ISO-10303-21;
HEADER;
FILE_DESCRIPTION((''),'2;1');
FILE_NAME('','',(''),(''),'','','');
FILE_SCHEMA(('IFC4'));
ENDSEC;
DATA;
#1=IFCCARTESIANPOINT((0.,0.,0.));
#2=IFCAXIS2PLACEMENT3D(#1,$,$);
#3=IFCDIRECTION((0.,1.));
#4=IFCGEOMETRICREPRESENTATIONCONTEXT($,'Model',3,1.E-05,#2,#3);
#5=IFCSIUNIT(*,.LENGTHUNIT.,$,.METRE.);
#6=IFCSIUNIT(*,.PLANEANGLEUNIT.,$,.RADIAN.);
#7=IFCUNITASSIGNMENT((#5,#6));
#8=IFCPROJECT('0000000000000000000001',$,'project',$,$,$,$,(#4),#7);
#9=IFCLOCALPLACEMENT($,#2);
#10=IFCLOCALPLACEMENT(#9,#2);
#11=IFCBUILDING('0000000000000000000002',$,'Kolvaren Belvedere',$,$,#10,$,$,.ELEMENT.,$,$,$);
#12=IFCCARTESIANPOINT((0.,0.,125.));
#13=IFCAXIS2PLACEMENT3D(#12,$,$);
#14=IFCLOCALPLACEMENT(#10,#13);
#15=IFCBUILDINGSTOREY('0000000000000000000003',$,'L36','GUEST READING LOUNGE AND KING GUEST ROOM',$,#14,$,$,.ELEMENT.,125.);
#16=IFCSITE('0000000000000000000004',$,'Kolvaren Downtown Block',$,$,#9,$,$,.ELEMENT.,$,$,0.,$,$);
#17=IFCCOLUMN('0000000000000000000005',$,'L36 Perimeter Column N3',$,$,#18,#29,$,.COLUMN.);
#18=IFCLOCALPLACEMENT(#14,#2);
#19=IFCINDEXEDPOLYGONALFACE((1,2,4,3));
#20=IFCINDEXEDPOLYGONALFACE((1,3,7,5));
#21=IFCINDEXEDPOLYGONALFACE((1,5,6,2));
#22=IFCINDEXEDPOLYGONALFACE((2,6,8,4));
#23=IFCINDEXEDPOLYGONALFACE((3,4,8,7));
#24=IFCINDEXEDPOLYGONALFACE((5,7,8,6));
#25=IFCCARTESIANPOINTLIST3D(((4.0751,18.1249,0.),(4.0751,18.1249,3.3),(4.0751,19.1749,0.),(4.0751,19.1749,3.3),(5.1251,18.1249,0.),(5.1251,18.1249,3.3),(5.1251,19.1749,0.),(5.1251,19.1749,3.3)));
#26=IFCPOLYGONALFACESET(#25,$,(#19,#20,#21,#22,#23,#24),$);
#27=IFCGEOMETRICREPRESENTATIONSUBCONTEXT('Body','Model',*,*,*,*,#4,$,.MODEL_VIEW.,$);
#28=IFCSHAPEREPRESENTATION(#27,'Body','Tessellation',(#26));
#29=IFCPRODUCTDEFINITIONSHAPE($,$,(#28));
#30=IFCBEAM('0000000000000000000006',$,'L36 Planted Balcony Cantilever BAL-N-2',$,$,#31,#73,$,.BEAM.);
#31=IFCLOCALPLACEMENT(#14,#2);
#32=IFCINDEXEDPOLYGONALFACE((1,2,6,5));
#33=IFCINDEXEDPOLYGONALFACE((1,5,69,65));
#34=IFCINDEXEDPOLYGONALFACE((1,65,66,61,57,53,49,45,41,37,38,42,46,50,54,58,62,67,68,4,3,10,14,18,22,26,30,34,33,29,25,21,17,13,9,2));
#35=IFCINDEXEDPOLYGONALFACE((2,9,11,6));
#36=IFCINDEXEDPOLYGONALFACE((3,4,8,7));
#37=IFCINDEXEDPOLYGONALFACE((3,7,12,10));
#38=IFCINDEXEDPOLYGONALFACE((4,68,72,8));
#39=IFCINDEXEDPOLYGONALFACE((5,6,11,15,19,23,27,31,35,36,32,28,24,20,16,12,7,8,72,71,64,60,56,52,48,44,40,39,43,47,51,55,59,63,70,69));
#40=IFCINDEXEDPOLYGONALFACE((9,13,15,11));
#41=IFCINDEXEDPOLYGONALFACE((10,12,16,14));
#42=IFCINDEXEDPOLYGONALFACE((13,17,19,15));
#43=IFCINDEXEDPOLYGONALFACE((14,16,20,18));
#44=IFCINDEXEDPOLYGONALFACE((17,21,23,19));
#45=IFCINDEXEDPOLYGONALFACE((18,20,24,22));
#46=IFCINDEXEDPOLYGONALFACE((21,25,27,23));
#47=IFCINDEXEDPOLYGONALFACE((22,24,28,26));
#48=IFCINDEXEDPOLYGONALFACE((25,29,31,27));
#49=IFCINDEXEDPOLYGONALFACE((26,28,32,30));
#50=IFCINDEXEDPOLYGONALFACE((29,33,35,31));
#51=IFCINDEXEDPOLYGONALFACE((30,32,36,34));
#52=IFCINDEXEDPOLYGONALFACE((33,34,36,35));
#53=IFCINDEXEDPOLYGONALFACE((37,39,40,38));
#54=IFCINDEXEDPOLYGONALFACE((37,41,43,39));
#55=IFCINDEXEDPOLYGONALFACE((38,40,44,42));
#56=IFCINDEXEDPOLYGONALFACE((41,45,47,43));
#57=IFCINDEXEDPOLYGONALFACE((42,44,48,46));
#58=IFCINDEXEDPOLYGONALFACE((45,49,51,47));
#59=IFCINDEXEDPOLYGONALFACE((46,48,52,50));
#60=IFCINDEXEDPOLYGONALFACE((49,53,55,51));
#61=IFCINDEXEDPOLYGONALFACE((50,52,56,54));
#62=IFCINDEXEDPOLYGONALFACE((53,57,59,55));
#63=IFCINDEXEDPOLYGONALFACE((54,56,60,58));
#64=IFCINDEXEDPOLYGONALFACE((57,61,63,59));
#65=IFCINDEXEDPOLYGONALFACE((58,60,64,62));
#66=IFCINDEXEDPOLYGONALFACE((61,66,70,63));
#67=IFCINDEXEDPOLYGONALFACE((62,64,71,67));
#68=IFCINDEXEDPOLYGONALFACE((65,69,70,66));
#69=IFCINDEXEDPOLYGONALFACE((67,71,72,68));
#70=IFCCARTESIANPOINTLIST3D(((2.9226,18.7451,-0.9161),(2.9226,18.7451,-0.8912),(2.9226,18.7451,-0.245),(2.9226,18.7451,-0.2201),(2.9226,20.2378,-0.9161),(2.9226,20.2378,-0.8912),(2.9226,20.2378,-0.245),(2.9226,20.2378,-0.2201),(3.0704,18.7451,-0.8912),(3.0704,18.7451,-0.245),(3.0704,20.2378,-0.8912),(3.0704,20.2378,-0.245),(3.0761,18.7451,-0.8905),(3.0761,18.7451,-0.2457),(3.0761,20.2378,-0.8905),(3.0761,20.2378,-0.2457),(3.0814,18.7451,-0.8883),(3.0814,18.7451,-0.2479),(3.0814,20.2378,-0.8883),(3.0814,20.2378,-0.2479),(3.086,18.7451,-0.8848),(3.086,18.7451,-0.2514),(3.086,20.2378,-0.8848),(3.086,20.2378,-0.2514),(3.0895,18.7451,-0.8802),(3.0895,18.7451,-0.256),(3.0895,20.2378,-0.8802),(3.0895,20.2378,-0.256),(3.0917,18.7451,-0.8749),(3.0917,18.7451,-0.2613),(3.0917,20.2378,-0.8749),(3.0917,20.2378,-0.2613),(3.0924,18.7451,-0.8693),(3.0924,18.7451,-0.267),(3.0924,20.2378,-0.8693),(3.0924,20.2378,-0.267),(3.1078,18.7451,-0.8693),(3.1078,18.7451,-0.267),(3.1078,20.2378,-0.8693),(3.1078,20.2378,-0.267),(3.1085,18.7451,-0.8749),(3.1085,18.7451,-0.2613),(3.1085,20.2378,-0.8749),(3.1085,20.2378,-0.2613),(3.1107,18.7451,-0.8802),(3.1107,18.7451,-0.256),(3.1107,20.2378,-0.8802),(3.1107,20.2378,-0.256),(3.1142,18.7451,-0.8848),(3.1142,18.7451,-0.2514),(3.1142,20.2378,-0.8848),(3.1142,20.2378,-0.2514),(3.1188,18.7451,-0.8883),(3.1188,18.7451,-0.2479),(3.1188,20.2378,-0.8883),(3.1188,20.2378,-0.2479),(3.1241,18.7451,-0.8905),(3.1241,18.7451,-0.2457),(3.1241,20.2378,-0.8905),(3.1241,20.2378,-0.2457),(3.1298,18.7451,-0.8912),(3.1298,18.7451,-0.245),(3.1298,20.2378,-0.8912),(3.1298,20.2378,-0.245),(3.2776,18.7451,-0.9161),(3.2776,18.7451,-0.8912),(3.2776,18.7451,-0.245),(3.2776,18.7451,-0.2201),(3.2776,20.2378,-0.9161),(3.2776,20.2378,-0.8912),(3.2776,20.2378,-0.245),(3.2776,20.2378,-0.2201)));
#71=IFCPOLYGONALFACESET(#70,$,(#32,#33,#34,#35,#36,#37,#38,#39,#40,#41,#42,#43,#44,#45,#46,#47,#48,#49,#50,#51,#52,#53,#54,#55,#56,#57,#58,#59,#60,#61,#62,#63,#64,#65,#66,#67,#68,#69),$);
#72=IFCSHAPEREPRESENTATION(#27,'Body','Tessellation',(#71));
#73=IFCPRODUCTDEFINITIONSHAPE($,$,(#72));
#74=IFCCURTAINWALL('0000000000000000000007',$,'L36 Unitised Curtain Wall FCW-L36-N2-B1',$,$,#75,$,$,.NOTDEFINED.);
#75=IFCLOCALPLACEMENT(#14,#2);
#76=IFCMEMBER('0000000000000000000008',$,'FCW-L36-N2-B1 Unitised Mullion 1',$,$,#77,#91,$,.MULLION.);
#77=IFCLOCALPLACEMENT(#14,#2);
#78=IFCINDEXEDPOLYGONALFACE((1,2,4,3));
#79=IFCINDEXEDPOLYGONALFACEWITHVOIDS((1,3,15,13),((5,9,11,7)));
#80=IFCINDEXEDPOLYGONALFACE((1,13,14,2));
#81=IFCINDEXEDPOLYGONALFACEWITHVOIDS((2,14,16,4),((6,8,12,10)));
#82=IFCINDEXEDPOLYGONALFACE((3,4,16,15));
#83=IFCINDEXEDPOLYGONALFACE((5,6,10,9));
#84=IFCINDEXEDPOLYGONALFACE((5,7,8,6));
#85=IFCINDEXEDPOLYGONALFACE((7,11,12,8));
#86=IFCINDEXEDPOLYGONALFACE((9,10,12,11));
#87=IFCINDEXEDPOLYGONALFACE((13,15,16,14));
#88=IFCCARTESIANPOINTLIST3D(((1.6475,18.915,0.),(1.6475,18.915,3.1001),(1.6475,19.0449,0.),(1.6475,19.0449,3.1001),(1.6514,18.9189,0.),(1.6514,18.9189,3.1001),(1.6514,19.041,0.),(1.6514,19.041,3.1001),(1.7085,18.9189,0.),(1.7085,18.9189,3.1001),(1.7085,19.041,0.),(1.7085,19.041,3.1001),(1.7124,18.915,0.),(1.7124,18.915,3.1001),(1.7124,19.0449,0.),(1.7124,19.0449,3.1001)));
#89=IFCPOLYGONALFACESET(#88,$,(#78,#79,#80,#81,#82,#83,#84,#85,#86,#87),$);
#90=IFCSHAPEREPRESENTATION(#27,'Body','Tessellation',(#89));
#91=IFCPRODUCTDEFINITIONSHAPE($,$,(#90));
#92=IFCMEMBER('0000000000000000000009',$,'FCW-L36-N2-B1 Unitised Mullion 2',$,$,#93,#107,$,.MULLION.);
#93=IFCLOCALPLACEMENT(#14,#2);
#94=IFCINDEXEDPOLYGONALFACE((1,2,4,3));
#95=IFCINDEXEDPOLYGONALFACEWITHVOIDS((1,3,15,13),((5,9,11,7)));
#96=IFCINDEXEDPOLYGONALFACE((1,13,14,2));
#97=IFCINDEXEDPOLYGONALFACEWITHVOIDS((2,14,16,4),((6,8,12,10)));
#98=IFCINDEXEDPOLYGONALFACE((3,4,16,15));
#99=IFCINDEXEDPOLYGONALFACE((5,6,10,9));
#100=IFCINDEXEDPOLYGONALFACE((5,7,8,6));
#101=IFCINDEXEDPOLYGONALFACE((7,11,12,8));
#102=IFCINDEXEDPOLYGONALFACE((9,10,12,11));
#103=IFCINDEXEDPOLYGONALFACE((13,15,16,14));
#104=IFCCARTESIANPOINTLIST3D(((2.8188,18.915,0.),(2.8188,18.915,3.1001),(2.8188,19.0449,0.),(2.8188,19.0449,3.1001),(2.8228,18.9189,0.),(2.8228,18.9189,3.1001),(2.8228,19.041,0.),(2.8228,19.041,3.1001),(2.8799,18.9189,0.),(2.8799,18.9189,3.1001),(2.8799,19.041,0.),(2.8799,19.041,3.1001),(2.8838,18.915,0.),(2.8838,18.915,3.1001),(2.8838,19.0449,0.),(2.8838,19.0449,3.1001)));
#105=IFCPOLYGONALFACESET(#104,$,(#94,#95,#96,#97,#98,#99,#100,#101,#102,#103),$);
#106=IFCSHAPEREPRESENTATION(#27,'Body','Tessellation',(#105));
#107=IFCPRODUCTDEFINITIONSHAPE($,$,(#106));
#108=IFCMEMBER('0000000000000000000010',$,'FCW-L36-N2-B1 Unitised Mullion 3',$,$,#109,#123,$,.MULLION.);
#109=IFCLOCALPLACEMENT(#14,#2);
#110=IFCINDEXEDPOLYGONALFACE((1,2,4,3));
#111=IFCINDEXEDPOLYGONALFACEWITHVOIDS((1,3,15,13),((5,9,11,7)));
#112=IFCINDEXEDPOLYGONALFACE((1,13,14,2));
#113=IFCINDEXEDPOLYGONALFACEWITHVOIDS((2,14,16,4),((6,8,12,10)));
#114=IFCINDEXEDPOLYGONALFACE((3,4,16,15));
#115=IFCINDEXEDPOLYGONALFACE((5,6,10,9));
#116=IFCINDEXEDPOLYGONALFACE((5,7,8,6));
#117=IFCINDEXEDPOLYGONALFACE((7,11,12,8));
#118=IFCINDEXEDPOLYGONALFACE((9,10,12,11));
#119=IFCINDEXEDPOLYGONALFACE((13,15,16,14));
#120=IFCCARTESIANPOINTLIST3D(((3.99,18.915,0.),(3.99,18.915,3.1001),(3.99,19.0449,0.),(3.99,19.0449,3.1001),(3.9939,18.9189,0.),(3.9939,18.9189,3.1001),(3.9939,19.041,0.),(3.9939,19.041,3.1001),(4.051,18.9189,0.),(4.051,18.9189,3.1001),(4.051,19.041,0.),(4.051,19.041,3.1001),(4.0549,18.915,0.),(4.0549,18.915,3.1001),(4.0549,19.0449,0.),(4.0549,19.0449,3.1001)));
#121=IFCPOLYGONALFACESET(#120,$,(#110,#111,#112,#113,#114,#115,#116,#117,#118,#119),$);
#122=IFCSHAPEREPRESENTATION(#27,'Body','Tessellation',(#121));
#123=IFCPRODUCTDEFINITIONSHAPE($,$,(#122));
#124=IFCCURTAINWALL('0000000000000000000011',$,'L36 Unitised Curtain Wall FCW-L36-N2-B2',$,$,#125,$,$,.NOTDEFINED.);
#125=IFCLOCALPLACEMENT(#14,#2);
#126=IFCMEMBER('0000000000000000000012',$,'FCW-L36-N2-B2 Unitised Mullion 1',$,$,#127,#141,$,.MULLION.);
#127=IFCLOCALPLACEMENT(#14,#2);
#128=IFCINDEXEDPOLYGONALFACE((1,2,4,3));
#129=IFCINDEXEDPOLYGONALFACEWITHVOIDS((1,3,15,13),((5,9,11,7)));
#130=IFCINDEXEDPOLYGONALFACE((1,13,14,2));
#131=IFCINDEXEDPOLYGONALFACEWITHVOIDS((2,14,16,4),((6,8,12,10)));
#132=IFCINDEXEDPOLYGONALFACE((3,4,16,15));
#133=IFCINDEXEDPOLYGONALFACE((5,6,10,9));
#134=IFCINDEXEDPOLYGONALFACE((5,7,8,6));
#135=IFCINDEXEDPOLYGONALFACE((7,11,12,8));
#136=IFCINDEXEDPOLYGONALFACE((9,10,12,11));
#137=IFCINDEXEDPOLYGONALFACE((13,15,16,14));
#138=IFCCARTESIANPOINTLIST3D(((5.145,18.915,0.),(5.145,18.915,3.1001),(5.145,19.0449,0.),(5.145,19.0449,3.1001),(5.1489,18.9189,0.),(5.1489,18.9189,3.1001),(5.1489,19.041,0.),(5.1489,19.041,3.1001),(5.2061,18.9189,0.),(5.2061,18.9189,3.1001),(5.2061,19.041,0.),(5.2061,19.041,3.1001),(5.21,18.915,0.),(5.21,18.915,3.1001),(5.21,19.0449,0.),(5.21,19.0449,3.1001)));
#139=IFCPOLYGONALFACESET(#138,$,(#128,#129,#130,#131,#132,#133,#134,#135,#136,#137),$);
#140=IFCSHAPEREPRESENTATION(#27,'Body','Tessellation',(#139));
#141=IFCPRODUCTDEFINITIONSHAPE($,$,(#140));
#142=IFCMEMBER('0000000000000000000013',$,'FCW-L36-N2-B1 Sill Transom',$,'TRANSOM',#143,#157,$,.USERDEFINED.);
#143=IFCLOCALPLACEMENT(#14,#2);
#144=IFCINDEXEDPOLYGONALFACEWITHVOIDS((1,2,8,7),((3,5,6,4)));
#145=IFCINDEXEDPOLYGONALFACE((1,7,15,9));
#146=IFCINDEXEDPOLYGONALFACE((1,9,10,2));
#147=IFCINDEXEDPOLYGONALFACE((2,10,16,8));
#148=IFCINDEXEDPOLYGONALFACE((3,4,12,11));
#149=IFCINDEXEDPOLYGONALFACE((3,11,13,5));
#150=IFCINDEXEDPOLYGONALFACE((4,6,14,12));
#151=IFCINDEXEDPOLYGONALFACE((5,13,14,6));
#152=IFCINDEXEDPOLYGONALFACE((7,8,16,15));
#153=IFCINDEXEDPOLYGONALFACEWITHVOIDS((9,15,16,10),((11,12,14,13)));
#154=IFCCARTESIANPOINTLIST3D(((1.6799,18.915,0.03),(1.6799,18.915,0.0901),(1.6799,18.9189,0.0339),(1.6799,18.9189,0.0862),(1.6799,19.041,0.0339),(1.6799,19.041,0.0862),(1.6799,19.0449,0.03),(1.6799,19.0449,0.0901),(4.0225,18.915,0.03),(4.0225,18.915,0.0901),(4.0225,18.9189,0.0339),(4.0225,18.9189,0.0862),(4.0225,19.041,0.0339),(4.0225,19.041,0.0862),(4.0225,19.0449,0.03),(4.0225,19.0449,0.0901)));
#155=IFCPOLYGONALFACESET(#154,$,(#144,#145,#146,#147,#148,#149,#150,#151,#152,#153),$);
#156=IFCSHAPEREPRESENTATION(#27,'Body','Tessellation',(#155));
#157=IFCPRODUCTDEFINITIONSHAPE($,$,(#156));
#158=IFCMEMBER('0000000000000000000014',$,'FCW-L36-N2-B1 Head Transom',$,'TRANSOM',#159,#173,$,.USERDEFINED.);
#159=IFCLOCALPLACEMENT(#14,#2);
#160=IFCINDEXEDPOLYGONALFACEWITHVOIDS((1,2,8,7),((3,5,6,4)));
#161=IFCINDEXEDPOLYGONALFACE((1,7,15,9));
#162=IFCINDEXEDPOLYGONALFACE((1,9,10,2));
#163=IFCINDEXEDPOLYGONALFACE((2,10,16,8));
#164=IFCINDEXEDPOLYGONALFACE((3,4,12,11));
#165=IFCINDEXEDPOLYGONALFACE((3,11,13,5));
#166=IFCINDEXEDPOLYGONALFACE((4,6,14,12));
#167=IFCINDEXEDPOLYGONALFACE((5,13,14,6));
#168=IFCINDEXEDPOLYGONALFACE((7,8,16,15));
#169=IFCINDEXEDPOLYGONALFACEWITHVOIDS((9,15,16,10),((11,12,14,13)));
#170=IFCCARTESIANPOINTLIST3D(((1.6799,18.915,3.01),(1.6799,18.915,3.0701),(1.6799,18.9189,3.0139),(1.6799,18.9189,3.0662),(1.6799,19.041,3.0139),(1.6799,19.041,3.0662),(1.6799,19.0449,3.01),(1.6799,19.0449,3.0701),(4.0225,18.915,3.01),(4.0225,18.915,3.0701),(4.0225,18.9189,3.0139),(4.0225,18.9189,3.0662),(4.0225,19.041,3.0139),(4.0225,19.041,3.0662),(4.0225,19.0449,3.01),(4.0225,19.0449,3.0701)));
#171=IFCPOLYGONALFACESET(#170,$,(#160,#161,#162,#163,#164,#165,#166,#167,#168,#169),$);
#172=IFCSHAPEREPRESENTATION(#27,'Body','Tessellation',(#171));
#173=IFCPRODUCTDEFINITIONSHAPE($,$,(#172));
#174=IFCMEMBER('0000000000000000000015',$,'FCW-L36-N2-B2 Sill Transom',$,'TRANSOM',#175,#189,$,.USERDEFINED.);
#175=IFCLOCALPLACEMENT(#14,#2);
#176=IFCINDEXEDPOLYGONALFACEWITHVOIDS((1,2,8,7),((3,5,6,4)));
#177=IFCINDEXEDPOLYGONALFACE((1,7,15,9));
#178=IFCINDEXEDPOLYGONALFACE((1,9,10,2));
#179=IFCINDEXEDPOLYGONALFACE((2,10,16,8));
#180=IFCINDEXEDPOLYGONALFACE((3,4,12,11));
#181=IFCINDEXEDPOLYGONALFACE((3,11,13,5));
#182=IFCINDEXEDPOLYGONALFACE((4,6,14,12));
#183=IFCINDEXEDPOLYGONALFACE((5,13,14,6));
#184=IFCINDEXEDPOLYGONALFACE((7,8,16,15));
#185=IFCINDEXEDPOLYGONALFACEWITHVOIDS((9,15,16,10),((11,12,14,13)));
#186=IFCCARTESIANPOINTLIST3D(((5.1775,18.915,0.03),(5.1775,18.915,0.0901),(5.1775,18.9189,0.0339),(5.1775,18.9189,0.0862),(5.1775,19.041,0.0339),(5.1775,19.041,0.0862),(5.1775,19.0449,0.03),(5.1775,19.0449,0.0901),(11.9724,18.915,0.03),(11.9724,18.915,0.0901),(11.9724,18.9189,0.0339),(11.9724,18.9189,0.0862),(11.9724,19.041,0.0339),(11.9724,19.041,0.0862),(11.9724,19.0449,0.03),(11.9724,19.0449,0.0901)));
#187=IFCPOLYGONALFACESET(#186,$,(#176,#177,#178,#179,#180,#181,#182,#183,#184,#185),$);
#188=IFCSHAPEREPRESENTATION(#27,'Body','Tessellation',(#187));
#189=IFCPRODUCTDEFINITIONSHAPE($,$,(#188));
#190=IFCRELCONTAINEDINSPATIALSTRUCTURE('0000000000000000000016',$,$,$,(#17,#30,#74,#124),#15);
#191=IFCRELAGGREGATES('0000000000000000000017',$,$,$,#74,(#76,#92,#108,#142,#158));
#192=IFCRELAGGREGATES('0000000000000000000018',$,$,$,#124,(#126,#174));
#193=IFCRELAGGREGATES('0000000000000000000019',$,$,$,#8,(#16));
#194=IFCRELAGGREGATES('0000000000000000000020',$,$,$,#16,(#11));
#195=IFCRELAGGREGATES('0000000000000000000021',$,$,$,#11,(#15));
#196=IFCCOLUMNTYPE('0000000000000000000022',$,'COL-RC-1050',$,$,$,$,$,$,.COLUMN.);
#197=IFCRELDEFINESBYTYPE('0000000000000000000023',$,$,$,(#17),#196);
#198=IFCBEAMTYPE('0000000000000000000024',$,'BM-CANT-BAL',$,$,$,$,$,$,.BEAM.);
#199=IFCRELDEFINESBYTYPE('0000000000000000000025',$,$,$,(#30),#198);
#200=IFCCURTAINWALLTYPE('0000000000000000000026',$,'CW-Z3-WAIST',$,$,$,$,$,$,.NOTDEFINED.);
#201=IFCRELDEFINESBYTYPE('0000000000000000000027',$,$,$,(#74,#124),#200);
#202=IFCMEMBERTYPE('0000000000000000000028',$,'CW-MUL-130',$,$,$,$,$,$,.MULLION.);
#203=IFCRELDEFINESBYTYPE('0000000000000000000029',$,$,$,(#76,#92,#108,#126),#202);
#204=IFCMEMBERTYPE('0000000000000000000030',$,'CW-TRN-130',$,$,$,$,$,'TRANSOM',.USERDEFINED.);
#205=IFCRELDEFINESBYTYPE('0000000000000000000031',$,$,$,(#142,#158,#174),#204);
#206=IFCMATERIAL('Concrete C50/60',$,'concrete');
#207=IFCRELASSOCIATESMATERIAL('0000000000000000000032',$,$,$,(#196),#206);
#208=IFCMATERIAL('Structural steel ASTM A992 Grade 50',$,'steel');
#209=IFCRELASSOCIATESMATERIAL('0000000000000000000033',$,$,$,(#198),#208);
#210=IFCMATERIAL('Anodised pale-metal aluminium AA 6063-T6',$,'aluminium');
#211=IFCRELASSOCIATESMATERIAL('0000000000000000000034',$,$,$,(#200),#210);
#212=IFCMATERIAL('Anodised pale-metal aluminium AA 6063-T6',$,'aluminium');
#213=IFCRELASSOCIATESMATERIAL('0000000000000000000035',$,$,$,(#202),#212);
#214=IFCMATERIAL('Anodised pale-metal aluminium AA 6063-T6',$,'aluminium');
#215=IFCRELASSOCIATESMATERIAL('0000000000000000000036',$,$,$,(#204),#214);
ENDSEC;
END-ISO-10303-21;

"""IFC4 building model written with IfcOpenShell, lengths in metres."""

from ifc_helpers import new_model, si_unit, direction, frame, origin, origin_2d, place, context, subcontext, project, spatial, rectangle, hollow_rectangle, i_section, extrude, material, material_profile, profile_set, type_object, element, aggregate, save


model = new_model("IFC4")

# Units and contexts
model_context = context("Model", 3, precision=1e-05, world=origin(), true_north=direction((0.0, 1.0)))
body_context = subcontext(model_context, "Body", "Model", "MODEL_VIEW")
ifc_project = project(units=[si_unit("LENGTHUNIT", "METRE"), si_unit("PLANEANGLEUNIT", "RADIAN")], contexts=[model_context])

# Site, building, storey
site_placement = place(None, origin())
site = spatial("IfcSite", under=ifc_project, at=site_placement, Name="Kolvaren Downtown Block", CompositionType="ELEMENT", RefElevation=0.0)
building_placement = place(site_placement, origin())
building = spatial("IfcBuilding", under=site, at=building_placement, Name="Kolvaren Belvedere", CompositionType="ELEMENT")
storey_placement = place(building_placement, frame((0.0, 0.0, 125.0)))
storey = spatial("IfcBuildingStorey", under=building, at=storey_placement, Name="L36", Description="GUEST READING LOUNGE AND KING GUEST ROOM", CompositionType="ELEMENT", Elevation=125.0)

# Column
ifc_material_1 = material(Name="Concrete C50/60", Category="concrete")
ifc_material_profile_1 = material_profile(ifc_material_1, rectangle(XDim=1.05, YDim=1.05, at=origin_2d()), Name="RC 1050X1050")
ifc_profile_set_1 = profile_set([ifc_material_profile_1], Name="Concrete C50/60")
column_type = type_object("IfcColumnType", Name="COL-RC-1050", PredefinedType="COLUMN", material=ifc_profile_set_1)
column_placement = place(storey_placement, frame((4.6001, 18.6499, 0.0), z_axis=(0.0, 0.0, 1.0), x_axis=(1.0, 0.0, 0.0)))
element("IfcColumn", 1, at=column_placement, inside=storey, type_object=column_type, Name="L36 Perimeter Column N3", PredefinedType="COLUMN", context=body_context, shape_type="SweptSolid", body=[
    extrude(rectangle(XDim=1.05, YDim=1.05, at=origin_2d()), origin(), (0.0, 0.0, 1.0), 3.3),
])

# Beam
ifc_material_2 = material(Name="Structural steel ASTM A992 Grade 50", Category="steel")
ifc_material_profile_2 = material_profile(ifc_material_2, i_section(OverallWidth=0.355, OverallDepth=0.696, WebThickness=0.0154, FlangeThickness=0.0249, FilletRadius=0.022, at=origin_2d()), Name="W27X146")
ifc_profile_set_2 = profile_set([ifc_material_profile_2], Name="Structural steel ASTM A992 Grade 50")
beam_type = type_object("IfcBeamType", Name="BM-CANT-BAL", PredefinedType="BEAM", material=ifc_profile_set_2)
beam_placement = place(storey_placement, frame((3.1001, 18.7451, -0.5681), z_axis=(0.0, 1.0, 0.0), x_axis=(-1.0, 0.0, 0.0)))
element("IfcBeam", 2, at=beam_placement, inside=storey, type_object=beam_type, Name="L36 Planted Balcony Cantilever BAL-N-2", PredefinedType="BEAM", context=body_context, shape_type="SweptSolid", body=[
    extrude(i_section(OverallWidth=0.355, OverallDepth=0.696, WebThickness=0.0154, FlangeThickness=0.0249, FilletRadius=0.022, at=origin_2d()), origin(), (0.0, 0.0, 1.0), 1.4927),
])

# Curtain wall, members
ifc_material_3 = material(Name="Anodised pale-metal aluminium AA 6063-T6", Category="aluminium")
curtain_wall_type = type_object("IfcCurtainWallType", Name="CW-Z3-WAIST", PredefinedType="NOTDEFINED", material=ifc_material_3)
curtain_wall_1_placement = place(storey_placement, origin())
curtain_wall_1 = element("IfcCurtainWall", 3, at=curtain_wall_1_placement, inside=storey, type_object=curtain_wall_type, Name="L36 Unitised Curtain Wall FCW-L36-N2-B1", PredefinedType="NOTDEFINED")
ifc_material_4 = material(Name="Anodised pale-metal aluminium AA 6063-T6", Category="aluminium")
ifc_material_profile_3 = material_profile(ifc_material_4, hollow_rectangle(XDim=0.0649, YDim=0.1299, WallThickness=0.0039, at=origin_2d()), Name="ALU-MUL-130X65")
ifc_profile_set_3 = profile_set([ifc_material_profile_3], Name="Anodised pale-metal aluminium AA 6063-T6")
member_type_1 = type_object("IfcMemberType", Name="CW-MUL-130", PredefinedType="MULLION", material=ifc_profile_set_3)
member_1_placement = place(storey_placement, frame((1.6799, 18.98, 0.0), z_axis=(0.0, 0.0, 1.0), x_axis=(1.0, 0.0, 0.0)))
member_1 = element("IfcMember", 4, at=member_1_placement, type_object=member_type_1, Name="FCW-L36-N2-B1 Unitised Mullion 1", PredefinedType="MULLION", context=body_context, shape_type="SweptSolid", body=[
    extrude(hollow_rectangle(XDim=0.0649, YDim=0.1299, WallThickness=0.0039, at=origin_2d()), origin(), (0.0, 0.0, 1.0), 3.1001),
])
member_2_placement = place(storey_placement, frame((2.8513, 18.98, 0.0), z_axis=(0.0, 0.0, 1.0), x_axis=(1.0, 0.0, 0.0)))
member_2 = element("IfcMember", 5, at=member_2_placement, type_object=member_type_1, Name="FCW-L36-N2-B1 Unitised Mullion 2", PredefinedType="MULLION", context=body_context, shape_type="SweptSolid", body=[
    extrude(hollow_rectangle(XDim=0.0649, YDim=0.1299, WallThickness=0.0039, at=origin_2d()), origin(), (0.0, 0.0, 1.0), 3.1001),
])
member_3_placement = place(storey_placement, frame((4.0225, 18.98, 0.0), z_axis=(0.0, 0.0, 1.0), x_axis=(1.0, 0.0, 0.0)))
member_3 = element("IfcMember", 6, at=member_3_placement, type_object=member_type_1, Name="FCW-L36-N2-B1 Unitised Mullion 3", PredefinedType="MULLION", context=body_context, shape_type="SweptSolid", body=[
    extrude(hollow_rectangle(XDim=0.0649, YDim=0.1299, WallThickness=0.0039, at=origin_2d()), origin(), (0.0, 0.0, 1.0), 3.1001),
])

# Curtain wall, member
curtain_wall_2_placement = place(storey_placement, origin())
curtain_wall_2 = element("IfcCurtainWall", 7, at=curtain_wall_2_placement, inside=storey, type_object=curtain_wall_type, Name="L36 Unitised Curtain Wall FCW-L36-N2-B2", PredefinedType="NOTDEFINED")
member_4_placement = place(storey_placement, frame((5.1775, 18.98, 0.0), z_axis=(0.0, 0.0, 1.0), x_axis=(1.0, 0.0, 0.0)))
member_4 = element("IfcMember", 8, at=member_4_placement, type_object=member_type_1, Name="FCW-L36-N2-B2 Unitised Mullion 1", PredefinedType="MULLION", context=body_context, shape_type="SweptSolid", body=[
    extrude(hollow_rectangle(XDim=0.0649, YDim=0.1299, WallThickness=0.0039, at=origin_2d()), origin(), (0.0, 0.0, 1.0), 3.1001),
])

# Members
ifc_material_5 = material(Name="Anodised pale-metal aluminium AA 6063-T6", Category="aluminium")
ifc_material_profile_4 = material_profile(ifc_material_5, hollow_rectangle(XDim=0.0601, YDim=0.1299, WallThickness=0.0039, at=origin_2d()), Name="ALU-TRN-130X60")
ifc_profile_set_4 = profile_set([ifc_material_profile_4], Name="Anodised pale-metal aluminium AA 6063-T6")
member_type_2 = type_object("IfcMemberType", Name="CW-TRN-130", ElementType="TRANSOM", PredefinedType="USERDEFINED", material=ifc_profile_set_4)
member_5_placement = place(storey_placement, frame((1.6799, 18.98, 0.0601), z_axis=(1.0, 0.0, 0.0), x_axis=(0.0, 0.0, 1.0)))
member_5 = element("IfcMember", 9, at=member_5_placement, type_object=member_type_2, Name="FCW-L36-N2-B1 Sill Transom", ObjectType="TRANSOM", PredefinedType="USERDEFINED", context=body_context, shape_type="SweptSolid", body=[
    extrude(hollow_rectangle(XDim=0.0601, YDim=0.1299, WallThickness=0.0039, at=origin_2d()), origin(), (0.0, 0.0, 1.0), 2.3425),
])
member_6_placement = place(storey_placement, frame((1.6799, 18.98, 3.04), z_axis=(1.0, 0.0, 0.0), x_axis=(0.0, 0.0, 1.0)))
member_6 = element("IfcMember", 10, at=member_6_placement, type_object=member_type_2, Name="FCW-L36-N2-B1 Head Transom", ObjectType="TRANSOM", PredefinedType="USERDEFINED", context=body_context, shape_type="SweptSolid", body=[
    extrude(hollow_rectangle(XDim=0.0601, YDim=0.1299, WallThickness=0.0039, at=origin_2d()), origin(), (0.0, 0.0, 1.0), 2.3425),
])
member_7_placement = place(storey_placement, frame((5.1775, 18.98, 0.0601), z_axis=(1.0, 0.0, 0.0), x_axis=(0.0, 0.0, 1.0)))
member_7 = element("IfcMember", 11, at=member_7_placement, type_object=member_type_2, Name="FCW-L36-N2-B2 Sill Transom", ObjectType="TRANSOM", PredefinedType="USERDEFINED", context=body_context, shape_type="SweptSolid", body=[
    extrude(hollow_rectangle(XDim=0.0601, YDim=0.1299, WallThickness=0.0039, at=origin_2d()), origin(), (0.0, 0.0, 1.0), 6.7949),
])

aggregate(curtain_wall_1, [member_1, member_2, member_3, member_5, member_6])
aggregate(curtain_wall_2, [member_4, member_7])

save(model, "model.ifc")
